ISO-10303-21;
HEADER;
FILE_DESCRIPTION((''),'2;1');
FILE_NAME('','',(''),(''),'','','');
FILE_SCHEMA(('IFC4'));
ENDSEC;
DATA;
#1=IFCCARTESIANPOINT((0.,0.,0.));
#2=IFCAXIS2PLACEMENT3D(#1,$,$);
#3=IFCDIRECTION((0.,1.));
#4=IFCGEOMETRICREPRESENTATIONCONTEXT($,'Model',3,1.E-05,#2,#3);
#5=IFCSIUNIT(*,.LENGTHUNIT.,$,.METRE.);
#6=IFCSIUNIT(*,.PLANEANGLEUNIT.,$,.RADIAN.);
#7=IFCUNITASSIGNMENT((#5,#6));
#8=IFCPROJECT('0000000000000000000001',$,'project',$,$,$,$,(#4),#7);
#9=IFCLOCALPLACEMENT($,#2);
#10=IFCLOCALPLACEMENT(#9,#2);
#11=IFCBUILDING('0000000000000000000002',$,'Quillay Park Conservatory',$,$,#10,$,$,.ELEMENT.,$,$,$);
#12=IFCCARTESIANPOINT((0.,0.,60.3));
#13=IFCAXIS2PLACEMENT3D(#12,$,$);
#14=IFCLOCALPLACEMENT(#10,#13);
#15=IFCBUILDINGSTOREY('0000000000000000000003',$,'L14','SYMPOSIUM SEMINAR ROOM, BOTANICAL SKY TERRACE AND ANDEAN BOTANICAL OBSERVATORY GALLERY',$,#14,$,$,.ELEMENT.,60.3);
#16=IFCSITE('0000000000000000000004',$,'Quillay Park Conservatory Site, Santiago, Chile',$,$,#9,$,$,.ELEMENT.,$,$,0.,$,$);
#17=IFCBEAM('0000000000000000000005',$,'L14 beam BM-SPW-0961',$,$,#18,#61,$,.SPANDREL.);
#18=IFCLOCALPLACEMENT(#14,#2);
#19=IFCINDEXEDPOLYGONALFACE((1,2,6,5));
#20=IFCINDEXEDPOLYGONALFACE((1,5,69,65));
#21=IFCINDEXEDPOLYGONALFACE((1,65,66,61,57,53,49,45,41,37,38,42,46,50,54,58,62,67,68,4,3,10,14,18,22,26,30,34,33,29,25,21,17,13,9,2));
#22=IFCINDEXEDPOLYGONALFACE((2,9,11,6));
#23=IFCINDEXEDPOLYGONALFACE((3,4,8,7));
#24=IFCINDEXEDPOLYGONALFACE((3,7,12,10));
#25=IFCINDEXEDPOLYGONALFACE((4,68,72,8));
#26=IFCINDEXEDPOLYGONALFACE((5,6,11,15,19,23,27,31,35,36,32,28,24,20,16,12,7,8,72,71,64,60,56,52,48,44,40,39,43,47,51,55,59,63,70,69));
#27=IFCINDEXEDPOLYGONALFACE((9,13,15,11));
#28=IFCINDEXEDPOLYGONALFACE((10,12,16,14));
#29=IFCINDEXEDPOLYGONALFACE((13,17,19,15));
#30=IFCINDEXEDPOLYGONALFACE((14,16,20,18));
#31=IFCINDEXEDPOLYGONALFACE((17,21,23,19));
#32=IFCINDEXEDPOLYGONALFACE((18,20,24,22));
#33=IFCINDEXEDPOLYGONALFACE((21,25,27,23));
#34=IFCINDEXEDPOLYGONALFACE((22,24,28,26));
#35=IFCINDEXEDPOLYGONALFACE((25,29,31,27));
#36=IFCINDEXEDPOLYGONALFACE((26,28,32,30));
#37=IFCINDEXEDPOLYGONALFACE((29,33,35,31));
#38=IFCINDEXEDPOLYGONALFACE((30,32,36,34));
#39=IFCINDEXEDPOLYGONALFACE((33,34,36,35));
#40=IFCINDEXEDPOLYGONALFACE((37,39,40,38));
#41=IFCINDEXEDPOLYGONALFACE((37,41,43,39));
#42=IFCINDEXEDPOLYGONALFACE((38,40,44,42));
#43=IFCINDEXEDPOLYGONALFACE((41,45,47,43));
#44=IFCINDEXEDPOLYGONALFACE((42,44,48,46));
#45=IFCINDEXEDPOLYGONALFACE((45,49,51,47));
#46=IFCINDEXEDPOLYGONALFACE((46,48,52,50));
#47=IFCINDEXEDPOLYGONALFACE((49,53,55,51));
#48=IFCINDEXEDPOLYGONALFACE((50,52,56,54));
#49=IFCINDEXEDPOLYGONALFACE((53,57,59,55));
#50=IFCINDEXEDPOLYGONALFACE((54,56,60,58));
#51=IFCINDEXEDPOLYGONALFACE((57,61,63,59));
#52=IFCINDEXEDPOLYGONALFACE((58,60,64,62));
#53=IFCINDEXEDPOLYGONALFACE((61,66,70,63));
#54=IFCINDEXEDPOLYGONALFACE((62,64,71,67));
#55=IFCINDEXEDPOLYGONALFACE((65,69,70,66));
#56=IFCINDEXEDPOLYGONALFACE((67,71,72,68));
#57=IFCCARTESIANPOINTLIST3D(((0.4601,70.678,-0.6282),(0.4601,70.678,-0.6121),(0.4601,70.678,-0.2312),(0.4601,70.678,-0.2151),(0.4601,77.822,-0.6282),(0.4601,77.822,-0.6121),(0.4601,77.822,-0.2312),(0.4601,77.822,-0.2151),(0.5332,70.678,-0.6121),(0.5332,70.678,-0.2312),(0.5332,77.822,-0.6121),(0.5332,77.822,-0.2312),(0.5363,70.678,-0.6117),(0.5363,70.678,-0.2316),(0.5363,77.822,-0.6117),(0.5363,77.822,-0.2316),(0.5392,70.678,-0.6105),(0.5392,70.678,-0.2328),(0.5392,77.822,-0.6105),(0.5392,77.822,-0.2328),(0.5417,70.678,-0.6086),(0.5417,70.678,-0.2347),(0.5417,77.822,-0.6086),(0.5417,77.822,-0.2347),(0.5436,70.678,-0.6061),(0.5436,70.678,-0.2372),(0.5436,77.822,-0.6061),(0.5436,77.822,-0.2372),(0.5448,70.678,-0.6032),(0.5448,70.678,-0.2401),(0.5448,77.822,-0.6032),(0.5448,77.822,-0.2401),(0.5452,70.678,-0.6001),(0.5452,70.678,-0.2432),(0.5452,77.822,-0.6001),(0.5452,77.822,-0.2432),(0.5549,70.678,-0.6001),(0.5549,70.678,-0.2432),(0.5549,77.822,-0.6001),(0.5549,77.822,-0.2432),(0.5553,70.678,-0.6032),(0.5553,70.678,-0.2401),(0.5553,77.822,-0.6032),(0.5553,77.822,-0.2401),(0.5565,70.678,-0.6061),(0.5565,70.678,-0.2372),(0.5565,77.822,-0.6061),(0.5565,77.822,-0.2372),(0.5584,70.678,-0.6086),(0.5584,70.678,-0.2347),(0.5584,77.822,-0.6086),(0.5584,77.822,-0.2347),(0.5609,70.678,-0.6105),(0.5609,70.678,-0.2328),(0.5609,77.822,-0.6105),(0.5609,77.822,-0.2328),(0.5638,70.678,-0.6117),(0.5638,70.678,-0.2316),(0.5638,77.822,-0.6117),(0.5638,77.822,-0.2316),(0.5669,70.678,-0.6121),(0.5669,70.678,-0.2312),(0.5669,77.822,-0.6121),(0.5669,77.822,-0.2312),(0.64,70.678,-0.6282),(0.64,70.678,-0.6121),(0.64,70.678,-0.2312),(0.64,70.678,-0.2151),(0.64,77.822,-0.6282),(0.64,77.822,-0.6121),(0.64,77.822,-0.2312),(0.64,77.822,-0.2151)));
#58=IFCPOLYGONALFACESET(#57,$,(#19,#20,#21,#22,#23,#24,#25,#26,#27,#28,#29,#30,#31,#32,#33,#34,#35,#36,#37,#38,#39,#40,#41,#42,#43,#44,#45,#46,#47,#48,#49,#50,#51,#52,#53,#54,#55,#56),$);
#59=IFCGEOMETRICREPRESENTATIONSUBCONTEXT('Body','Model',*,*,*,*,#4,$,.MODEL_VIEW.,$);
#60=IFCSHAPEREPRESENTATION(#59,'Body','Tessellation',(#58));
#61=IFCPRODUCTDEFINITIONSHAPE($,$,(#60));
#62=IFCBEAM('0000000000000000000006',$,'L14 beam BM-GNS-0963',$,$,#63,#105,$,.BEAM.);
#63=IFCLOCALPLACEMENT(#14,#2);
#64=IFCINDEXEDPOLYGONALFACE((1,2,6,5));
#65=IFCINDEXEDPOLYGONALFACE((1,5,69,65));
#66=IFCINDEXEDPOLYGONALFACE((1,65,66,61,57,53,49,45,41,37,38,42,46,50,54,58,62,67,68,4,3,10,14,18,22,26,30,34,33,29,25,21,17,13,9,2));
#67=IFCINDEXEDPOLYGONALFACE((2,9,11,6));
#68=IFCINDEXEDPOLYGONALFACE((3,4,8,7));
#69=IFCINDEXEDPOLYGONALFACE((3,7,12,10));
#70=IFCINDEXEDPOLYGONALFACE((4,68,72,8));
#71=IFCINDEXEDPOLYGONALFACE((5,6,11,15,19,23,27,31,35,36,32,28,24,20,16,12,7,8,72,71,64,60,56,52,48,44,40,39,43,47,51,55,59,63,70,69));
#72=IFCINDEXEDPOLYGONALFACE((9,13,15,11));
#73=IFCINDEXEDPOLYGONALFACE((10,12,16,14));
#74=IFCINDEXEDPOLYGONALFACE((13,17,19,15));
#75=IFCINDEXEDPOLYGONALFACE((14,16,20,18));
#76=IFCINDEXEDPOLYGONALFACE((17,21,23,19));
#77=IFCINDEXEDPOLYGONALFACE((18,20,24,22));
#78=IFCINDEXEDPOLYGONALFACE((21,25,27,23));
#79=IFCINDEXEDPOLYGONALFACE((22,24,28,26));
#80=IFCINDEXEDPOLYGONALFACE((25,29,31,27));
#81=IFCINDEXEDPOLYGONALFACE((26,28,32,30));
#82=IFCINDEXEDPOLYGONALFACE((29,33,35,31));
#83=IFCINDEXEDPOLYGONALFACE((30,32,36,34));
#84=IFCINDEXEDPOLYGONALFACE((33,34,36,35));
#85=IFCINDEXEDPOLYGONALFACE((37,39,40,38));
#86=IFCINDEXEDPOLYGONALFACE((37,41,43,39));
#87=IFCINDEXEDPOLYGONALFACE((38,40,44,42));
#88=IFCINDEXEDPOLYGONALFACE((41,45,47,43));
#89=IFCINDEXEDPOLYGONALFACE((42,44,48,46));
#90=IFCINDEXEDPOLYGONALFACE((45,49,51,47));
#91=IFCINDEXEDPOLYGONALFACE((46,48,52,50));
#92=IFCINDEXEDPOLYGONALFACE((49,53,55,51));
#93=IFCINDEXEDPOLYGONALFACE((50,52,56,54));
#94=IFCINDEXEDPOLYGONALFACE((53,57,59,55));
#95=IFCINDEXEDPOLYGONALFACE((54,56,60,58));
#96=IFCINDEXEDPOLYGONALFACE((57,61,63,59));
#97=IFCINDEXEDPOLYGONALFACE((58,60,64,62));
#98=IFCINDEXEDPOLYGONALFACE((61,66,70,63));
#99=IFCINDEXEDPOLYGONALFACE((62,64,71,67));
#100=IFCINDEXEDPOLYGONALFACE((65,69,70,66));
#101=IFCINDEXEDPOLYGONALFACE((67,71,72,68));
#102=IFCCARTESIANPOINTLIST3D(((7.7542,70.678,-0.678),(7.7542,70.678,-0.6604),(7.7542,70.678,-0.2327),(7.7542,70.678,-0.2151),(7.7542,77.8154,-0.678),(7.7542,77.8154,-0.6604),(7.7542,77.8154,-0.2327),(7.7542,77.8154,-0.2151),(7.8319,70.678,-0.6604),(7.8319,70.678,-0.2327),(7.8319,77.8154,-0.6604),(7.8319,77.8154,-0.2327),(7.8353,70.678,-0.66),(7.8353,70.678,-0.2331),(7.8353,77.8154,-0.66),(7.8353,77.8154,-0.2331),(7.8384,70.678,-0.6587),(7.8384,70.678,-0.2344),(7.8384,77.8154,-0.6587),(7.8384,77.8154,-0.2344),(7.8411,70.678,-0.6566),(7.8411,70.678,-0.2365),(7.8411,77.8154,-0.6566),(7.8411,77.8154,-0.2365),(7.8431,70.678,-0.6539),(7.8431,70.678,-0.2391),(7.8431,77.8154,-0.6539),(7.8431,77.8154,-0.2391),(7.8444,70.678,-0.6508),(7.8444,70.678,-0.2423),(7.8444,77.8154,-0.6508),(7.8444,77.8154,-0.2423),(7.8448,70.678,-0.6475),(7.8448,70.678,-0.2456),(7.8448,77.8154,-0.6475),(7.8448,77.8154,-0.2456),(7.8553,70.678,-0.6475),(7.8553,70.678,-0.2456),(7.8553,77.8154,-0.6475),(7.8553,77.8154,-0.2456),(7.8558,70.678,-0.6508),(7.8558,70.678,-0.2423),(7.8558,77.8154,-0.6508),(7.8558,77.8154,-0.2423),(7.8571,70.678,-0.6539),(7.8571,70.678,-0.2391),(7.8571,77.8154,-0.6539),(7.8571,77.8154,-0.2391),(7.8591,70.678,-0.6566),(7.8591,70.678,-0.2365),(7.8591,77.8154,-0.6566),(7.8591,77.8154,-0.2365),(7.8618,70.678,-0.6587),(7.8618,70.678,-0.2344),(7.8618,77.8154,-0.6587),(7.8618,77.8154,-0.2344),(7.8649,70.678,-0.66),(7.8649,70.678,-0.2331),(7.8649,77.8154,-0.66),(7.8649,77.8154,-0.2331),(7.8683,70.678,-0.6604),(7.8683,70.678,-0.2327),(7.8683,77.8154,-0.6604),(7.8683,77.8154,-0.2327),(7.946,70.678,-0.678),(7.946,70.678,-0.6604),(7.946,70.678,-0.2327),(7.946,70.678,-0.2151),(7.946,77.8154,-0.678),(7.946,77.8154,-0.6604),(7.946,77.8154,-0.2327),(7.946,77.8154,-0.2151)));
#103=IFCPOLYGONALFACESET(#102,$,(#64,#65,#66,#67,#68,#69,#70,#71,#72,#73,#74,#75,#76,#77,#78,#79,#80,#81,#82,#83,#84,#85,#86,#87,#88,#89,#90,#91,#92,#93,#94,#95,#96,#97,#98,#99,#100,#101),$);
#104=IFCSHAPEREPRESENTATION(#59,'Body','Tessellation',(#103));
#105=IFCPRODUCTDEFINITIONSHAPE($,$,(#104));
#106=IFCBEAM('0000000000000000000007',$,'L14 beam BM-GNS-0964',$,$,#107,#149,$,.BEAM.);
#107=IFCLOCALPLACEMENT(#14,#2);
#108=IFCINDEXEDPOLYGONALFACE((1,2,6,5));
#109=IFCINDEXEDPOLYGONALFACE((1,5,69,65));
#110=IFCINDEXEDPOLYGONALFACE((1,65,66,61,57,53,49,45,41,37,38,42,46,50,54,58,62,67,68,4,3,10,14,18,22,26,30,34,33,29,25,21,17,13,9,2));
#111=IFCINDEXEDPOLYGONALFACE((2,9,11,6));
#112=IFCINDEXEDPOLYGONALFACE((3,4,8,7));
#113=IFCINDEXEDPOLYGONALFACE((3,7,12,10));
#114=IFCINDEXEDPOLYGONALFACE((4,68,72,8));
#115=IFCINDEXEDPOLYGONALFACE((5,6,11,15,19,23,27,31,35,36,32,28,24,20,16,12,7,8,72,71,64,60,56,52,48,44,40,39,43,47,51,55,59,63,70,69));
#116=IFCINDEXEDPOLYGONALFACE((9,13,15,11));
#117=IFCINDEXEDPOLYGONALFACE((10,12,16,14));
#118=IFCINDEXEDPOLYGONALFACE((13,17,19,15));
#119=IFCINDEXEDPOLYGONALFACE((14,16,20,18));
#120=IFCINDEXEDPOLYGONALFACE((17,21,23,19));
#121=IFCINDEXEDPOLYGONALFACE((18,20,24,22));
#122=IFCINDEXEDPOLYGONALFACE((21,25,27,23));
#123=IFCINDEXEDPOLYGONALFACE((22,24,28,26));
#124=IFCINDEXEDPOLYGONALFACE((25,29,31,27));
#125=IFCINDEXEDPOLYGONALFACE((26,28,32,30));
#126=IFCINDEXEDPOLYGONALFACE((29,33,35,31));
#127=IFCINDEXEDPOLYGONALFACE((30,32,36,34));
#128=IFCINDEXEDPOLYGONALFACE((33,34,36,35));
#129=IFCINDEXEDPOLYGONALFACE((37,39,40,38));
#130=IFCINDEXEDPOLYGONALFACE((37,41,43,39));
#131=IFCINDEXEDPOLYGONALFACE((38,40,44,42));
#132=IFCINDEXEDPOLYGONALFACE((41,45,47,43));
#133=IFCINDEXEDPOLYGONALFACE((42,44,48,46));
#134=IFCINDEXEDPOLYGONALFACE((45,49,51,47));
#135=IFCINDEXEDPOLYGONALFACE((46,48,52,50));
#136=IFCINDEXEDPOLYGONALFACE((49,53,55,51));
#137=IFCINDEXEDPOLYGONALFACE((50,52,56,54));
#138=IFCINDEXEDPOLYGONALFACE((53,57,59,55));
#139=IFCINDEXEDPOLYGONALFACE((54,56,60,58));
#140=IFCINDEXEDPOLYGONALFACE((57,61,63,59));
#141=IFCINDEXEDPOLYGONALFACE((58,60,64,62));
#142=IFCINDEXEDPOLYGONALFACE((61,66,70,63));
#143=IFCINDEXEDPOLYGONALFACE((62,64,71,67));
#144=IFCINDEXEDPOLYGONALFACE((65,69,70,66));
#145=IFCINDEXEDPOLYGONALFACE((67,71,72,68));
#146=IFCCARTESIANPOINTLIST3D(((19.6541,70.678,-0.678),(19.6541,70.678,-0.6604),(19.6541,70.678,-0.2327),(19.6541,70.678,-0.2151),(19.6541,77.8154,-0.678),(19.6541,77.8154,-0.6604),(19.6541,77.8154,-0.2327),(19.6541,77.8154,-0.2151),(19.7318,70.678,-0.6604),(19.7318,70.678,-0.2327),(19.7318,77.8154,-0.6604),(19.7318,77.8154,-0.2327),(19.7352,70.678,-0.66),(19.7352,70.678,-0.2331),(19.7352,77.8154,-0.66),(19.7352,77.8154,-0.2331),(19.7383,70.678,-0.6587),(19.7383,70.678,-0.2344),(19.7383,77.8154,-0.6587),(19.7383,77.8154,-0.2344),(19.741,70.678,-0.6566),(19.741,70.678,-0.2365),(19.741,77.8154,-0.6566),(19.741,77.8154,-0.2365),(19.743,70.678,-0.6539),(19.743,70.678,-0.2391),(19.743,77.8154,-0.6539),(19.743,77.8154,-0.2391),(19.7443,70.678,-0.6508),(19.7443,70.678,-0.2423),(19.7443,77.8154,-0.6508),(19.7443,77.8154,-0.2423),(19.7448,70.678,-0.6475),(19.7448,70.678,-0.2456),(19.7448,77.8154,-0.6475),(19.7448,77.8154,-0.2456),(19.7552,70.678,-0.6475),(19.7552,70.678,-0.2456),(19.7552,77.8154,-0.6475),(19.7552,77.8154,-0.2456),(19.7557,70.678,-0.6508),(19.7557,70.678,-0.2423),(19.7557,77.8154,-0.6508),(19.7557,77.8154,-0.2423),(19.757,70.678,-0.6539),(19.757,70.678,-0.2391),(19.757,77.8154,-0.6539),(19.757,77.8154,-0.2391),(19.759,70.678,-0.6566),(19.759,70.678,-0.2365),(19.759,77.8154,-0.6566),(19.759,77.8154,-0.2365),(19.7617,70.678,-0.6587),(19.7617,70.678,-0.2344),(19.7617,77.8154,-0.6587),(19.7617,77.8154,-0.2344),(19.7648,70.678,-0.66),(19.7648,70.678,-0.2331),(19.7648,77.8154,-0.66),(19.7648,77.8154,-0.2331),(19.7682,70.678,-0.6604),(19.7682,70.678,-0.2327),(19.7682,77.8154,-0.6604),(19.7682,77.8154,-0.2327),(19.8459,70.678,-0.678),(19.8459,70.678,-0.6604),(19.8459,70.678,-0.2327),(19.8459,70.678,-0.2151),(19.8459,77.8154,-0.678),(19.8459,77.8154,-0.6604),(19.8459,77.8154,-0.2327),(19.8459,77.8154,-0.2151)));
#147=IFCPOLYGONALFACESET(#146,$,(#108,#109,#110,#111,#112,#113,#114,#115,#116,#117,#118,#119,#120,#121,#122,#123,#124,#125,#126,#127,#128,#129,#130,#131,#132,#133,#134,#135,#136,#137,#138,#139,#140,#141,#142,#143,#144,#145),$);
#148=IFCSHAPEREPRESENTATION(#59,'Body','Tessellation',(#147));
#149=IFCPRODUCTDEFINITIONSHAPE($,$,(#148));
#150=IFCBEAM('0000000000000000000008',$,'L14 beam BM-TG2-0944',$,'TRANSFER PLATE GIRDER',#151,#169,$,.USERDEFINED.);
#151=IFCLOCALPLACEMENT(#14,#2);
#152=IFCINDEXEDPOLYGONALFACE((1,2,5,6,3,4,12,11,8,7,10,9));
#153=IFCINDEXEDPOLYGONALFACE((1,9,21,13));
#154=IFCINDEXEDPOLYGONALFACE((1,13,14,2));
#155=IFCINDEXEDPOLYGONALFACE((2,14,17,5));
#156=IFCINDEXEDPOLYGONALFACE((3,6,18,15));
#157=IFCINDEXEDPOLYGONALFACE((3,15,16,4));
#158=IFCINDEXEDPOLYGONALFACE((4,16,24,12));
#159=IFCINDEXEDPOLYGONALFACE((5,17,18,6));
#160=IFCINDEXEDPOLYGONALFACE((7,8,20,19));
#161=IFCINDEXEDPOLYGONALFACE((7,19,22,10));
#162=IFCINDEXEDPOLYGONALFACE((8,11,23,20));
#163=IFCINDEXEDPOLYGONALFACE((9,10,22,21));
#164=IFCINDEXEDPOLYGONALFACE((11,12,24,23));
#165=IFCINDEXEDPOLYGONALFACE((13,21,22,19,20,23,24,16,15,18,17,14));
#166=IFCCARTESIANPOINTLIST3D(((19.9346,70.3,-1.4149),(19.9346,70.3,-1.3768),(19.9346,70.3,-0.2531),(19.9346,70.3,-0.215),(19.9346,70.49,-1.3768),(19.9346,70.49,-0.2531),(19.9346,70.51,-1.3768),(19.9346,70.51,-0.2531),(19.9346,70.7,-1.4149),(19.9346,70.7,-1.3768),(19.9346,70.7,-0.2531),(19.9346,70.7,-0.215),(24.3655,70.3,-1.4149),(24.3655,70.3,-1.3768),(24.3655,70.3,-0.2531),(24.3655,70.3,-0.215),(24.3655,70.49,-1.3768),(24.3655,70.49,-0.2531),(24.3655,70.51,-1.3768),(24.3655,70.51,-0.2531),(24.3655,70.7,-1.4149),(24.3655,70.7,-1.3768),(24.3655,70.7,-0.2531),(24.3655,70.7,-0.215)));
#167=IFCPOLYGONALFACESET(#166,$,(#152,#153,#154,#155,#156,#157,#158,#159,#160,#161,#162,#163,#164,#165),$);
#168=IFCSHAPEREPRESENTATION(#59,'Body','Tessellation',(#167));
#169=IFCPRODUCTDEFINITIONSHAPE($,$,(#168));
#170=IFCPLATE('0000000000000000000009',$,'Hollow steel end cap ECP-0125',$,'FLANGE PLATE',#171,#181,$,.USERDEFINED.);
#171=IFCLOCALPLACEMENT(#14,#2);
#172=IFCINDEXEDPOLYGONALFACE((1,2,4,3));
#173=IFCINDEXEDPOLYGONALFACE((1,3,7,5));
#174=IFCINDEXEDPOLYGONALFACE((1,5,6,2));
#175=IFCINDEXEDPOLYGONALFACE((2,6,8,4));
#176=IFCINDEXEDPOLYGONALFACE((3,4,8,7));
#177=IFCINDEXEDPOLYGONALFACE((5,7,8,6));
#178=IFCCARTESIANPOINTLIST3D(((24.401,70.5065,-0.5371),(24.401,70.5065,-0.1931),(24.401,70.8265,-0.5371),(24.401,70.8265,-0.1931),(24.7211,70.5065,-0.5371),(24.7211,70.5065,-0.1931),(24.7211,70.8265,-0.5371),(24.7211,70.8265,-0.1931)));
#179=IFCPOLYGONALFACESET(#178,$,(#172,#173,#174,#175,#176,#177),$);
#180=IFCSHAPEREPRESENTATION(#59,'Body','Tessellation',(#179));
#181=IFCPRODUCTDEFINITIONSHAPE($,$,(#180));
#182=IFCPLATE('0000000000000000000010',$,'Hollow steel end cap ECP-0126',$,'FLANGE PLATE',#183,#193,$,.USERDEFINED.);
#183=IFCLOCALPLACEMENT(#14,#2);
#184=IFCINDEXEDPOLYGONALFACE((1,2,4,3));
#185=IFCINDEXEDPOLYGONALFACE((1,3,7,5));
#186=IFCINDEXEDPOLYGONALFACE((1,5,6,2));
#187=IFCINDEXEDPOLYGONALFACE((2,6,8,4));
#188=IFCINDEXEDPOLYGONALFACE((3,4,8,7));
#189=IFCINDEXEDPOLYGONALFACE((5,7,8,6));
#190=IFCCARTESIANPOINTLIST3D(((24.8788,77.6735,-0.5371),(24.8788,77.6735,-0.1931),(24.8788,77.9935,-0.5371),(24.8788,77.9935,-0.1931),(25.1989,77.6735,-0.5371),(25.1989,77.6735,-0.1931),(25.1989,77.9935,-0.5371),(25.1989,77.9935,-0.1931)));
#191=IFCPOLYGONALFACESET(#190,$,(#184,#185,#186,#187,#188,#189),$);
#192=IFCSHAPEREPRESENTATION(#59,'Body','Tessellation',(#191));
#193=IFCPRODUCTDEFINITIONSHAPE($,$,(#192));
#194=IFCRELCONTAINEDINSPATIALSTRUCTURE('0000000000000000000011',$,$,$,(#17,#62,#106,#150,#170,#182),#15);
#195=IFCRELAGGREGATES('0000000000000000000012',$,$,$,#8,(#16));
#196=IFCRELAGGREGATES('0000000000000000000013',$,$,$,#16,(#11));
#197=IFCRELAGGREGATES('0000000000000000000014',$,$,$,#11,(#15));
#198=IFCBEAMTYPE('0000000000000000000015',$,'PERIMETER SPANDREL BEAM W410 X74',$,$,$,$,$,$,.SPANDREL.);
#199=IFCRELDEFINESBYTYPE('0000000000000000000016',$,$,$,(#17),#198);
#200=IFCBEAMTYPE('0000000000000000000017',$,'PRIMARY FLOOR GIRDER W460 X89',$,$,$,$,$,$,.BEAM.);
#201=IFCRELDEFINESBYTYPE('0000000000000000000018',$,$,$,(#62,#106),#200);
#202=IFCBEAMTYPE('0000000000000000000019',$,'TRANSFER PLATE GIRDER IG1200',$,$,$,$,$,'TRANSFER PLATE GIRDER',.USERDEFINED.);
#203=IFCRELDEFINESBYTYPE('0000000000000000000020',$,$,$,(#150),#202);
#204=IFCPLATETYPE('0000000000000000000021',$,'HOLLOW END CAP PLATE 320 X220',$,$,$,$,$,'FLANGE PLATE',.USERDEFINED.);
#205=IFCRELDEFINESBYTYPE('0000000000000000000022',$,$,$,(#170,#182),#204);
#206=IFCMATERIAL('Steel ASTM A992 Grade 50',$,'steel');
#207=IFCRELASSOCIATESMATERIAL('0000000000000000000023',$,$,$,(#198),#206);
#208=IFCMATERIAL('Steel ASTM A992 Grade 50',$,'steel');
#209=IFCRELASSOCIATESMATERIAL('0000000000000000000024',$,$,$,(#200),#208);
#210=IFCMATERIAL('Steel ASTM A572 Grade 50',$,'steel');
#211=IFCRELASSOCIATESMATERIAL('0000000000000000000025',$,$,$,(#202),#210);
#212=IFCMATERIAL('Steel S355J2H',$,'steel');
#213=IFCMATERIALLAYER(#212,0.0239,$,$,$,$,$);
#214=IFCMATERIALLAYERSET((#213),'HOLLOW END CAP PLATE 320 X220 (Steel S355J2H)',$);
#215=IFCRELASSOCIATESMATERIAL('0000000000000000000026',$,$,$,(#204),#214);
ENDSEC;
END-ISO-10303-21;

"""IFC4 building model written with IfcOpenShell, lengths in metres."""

from ifc_helpers import new_model, si_unit, direction, frame, origin, origin_2d, place, context, subcontext, project, spatial, rectangle, i_section, extrude, material, layer, layer_set, material_profile, profile_set, type_object, element, save


model = new_model("IFC4")

# Units and contexts
model_context = context("Model", 3, precision=1e-05, world=origin(), true_north=direction((0.0, 1.0)))
body_context = subcontext(model_context, "Body", "Model", "MODEL_VIEW")
ifc_project = project(units=[si_unit("LENGTHUNIT", "METRE"), si_unit("PLANEANGLEUNIT", "RADIAN")], contexts=[model_context])

# Site, building, storey
site_placement = place(None, origin())
site = spatial("IfcSite", under=ifc_project, at=site_placement, Name="Quillay Park Conservatory Site, Santiago, Chile", CompositionType="ELEMENT", RefElevation=0.0)
building_placement = place(site_placement, origin())
building = spatial("IfcBuilding", under=site, at=building_placement, Name="Quillay Park Conservatory", CompositionType="ELEMENT")
storey_placement = place(building_placement, frame((0.0, 0.0, 60.3)))
storey = spatial("IfcBuildingStorey", under=building, at=storey_placement, Name="L14", Description="SYMPOSIUM SEMINAR ROOM, BOTANICAL SKY TERRACE AND ANDEAN BOTANICAL OBSERVATORY GALLERY", CompositionType="ELEMENT", Elevation=60.3)

# Beams
ifc_material_1 = material(Name="Steel ASTM A992 Grade 50", Category="steel")
ifc_material_profile_1 = material_profile(ifc_material_1, i_section(OverallWidth=0.1799, OverallDepth=0.4131, WebThickness=0.0098, FlangeThickness=0.0161, FilletRadius=0.012, at=origin_2d()), Name="W410x74")
ifc_profile_set_1 = profile_set([ifc_material_profile_1], Name="Steel ASTM A992 Grade 50")
beam_type_1 = type_object("IfcBeamType", Name="PERIMETER SPANDREL BEAM W410 X74", PredefinedType="SPANDREL", material=ifc_profile_set_1)
beam_1_placement = place(storey_placement, frame((0.55, 70.678, -0.4216), z_axis=(0.0, 1.0, 0.0), x_axis=(-1.0, 0.0, 0.0)))
element("IfcBeam", 1, at=beam_1_placement, inside=storey, type_object=beam_type_1, Name="L14 beam BM-SPW-0961", PredefinedType="SPANDREL", context=body_context, shape_type="SweptSolid", body=[
    extrude(i_section(OverallWidth=0.1799, OverallDepth=0.4131, WebThickness=0.0098, FlangeThickness=0.0161, FilletRadius=0.012, at=origin_2d()), origin(), (0.0, 0.0, 1.0), 7.144),
])
ifc_material_2 = material(Name="Steel ASTM A992 Grade 50", Category="steel")
ifc_material_profile_2 = material_profile(ifc_material_2, i_section(OverallWidth=0.1919, OverallDepth=0.4629, WebThickness=0.0105, FlangeThickness=0.0176, FilletRadius=0.0129, at=origin_2d()), Name="W460x89")
ifc_profile_set_2 = profile_set([ifc_material_profile_2], Name="Steel ASTM A992 Grade 50")
beam_type_2 = type_object("IfcBeamType", Name="PRIMARY FLOOR GIRDER W460 X89", PredefinedType="BEAM", material=ifc_profile_set_2)
for number, where, z_axis, x_axis, name in (
    (2, (7.8501, 70.678, -0.4465), (0.0, 1.0, 0.0), (-1.0, 0.0, 0.0), "L14 beam BM-GNS-0963"),
    (3, (19.75, 70.678, -0.4465), (0.0, 1.0, 0.0), (-1.0, 0.0, 0.0), "L14 beam BM-GNS-0964"),
):
    element("IfcBeam", number, at=place(storey_placement, frame(where, z_axis=z_axis, x_axis=x_axis)), inside=storey, type_object=beam_type_2, Name=name, PredefinedType="BEAM", context=body_context, shape_type="SweptSolid", body=[
        extrude(i_section(OverallWidth=0.1919, OverallDepth=0.4629, WebThickness=0.0105, FlangeThickness=0.0176, FilletRadius=0.0129, at=origin_2d()), origin(), (0.0, 0.0, 1.0), 7.1375),
    ])
ifc_material_3 = material(Name="Steel ASTM A572 Grade 50", Category="steel")
ifc_material_profile_3 = material_profile(ifc_material_3, i_section(OverallWidth=0.3999, OverallDepth=1.2, WebThickness=0.02, FlangeThickness=0.0381, at=origin_2d()), Name="IG1200x400")
ifc_profile_set_3 = profile_set([ifc_material_profile_3], Name="Steel ASTM A572 Grade 50")
beam_type_3 = type_object("IfcBeamType", Name="TRANSFER PLATE GIRDER IG1200", ElementType="TRANSFER PLATE GIRDER", PredefinedType="USERDEFINED", material=ifc_profile_set_3)
beam_2_placement = place(storey_placement, frame((19.9346, 70.5, -0.8149), z_axis=(1.0, 0.0, 0.0), x_axis=(0.0, 1.0, 0.0)))
element("IfcBeam", 4, at=beam_2_placement, inside=storey, type_object=beam_type_3, Name="L14 beam BM-TG2-0944", ObjectType="TRANSFER PLATE GIRDER", PredefinedType="USERDEFINED", context=body_context, shape_type="SweptSolid", body=[
    extrude(i_section(OverallWidth=0.3999, OverallDepth=1.2, WebThickness=0.02, FlangeThickness=0.0381, at=origin_2d()), origin(), (0.0, 0.0, 1.0), 4.4309),
])

# Plates
ifc_material_4 = material(Name="Steel S355J2H", Category="steel")
ifc_layer_1 = layer(ifc_material_4, 0.0239)
ifc_layer_set_1 = layer_set([ifc_layer_1], Name="HOLLOW END CAP PLATE 320 X220 (Steel S355J2H)")
plate_type = type_object("IfcPlateType", Name="HOLLOW END CAP PLATE 320 X220", ElementType="FLANGE PLATE", PredefinedType="USERDEFINED", material=ifc_layer_set_1)
for number, where, z_axis, x_axis, name in (
    (5, (24.561, 70.6665, -0.5371), (0.0, 0.0, 1.0), (1.0, 0.0, 0.0), "Hollow steel end cap ECP-0125"),
    (6, (25.0388, 77.8335, -0.5371), (0.0, 0.0, 1.0), (1.0, 0.0, 0.0), "Hollow steel end cap ECP-0126"),
):
    element("IfcPlate", number, at=place(storey_placement, frame(where, z_axis=z_axis, x_axis=x_axis)), inside=storey, type_object=plate_type, Name=name, ObjectType="FLANGE PLATE", PredefinedType="USERDEFINED", context=body_context, shape_type="SweptSolid", body=[
        extrude(rectangle(XDim=0.3201, YDim=0.3201, at=origin_2d()), origin(), (0.0, 0.0, 1.0), 0.344),
    ])

save(model, "model.ifc")
